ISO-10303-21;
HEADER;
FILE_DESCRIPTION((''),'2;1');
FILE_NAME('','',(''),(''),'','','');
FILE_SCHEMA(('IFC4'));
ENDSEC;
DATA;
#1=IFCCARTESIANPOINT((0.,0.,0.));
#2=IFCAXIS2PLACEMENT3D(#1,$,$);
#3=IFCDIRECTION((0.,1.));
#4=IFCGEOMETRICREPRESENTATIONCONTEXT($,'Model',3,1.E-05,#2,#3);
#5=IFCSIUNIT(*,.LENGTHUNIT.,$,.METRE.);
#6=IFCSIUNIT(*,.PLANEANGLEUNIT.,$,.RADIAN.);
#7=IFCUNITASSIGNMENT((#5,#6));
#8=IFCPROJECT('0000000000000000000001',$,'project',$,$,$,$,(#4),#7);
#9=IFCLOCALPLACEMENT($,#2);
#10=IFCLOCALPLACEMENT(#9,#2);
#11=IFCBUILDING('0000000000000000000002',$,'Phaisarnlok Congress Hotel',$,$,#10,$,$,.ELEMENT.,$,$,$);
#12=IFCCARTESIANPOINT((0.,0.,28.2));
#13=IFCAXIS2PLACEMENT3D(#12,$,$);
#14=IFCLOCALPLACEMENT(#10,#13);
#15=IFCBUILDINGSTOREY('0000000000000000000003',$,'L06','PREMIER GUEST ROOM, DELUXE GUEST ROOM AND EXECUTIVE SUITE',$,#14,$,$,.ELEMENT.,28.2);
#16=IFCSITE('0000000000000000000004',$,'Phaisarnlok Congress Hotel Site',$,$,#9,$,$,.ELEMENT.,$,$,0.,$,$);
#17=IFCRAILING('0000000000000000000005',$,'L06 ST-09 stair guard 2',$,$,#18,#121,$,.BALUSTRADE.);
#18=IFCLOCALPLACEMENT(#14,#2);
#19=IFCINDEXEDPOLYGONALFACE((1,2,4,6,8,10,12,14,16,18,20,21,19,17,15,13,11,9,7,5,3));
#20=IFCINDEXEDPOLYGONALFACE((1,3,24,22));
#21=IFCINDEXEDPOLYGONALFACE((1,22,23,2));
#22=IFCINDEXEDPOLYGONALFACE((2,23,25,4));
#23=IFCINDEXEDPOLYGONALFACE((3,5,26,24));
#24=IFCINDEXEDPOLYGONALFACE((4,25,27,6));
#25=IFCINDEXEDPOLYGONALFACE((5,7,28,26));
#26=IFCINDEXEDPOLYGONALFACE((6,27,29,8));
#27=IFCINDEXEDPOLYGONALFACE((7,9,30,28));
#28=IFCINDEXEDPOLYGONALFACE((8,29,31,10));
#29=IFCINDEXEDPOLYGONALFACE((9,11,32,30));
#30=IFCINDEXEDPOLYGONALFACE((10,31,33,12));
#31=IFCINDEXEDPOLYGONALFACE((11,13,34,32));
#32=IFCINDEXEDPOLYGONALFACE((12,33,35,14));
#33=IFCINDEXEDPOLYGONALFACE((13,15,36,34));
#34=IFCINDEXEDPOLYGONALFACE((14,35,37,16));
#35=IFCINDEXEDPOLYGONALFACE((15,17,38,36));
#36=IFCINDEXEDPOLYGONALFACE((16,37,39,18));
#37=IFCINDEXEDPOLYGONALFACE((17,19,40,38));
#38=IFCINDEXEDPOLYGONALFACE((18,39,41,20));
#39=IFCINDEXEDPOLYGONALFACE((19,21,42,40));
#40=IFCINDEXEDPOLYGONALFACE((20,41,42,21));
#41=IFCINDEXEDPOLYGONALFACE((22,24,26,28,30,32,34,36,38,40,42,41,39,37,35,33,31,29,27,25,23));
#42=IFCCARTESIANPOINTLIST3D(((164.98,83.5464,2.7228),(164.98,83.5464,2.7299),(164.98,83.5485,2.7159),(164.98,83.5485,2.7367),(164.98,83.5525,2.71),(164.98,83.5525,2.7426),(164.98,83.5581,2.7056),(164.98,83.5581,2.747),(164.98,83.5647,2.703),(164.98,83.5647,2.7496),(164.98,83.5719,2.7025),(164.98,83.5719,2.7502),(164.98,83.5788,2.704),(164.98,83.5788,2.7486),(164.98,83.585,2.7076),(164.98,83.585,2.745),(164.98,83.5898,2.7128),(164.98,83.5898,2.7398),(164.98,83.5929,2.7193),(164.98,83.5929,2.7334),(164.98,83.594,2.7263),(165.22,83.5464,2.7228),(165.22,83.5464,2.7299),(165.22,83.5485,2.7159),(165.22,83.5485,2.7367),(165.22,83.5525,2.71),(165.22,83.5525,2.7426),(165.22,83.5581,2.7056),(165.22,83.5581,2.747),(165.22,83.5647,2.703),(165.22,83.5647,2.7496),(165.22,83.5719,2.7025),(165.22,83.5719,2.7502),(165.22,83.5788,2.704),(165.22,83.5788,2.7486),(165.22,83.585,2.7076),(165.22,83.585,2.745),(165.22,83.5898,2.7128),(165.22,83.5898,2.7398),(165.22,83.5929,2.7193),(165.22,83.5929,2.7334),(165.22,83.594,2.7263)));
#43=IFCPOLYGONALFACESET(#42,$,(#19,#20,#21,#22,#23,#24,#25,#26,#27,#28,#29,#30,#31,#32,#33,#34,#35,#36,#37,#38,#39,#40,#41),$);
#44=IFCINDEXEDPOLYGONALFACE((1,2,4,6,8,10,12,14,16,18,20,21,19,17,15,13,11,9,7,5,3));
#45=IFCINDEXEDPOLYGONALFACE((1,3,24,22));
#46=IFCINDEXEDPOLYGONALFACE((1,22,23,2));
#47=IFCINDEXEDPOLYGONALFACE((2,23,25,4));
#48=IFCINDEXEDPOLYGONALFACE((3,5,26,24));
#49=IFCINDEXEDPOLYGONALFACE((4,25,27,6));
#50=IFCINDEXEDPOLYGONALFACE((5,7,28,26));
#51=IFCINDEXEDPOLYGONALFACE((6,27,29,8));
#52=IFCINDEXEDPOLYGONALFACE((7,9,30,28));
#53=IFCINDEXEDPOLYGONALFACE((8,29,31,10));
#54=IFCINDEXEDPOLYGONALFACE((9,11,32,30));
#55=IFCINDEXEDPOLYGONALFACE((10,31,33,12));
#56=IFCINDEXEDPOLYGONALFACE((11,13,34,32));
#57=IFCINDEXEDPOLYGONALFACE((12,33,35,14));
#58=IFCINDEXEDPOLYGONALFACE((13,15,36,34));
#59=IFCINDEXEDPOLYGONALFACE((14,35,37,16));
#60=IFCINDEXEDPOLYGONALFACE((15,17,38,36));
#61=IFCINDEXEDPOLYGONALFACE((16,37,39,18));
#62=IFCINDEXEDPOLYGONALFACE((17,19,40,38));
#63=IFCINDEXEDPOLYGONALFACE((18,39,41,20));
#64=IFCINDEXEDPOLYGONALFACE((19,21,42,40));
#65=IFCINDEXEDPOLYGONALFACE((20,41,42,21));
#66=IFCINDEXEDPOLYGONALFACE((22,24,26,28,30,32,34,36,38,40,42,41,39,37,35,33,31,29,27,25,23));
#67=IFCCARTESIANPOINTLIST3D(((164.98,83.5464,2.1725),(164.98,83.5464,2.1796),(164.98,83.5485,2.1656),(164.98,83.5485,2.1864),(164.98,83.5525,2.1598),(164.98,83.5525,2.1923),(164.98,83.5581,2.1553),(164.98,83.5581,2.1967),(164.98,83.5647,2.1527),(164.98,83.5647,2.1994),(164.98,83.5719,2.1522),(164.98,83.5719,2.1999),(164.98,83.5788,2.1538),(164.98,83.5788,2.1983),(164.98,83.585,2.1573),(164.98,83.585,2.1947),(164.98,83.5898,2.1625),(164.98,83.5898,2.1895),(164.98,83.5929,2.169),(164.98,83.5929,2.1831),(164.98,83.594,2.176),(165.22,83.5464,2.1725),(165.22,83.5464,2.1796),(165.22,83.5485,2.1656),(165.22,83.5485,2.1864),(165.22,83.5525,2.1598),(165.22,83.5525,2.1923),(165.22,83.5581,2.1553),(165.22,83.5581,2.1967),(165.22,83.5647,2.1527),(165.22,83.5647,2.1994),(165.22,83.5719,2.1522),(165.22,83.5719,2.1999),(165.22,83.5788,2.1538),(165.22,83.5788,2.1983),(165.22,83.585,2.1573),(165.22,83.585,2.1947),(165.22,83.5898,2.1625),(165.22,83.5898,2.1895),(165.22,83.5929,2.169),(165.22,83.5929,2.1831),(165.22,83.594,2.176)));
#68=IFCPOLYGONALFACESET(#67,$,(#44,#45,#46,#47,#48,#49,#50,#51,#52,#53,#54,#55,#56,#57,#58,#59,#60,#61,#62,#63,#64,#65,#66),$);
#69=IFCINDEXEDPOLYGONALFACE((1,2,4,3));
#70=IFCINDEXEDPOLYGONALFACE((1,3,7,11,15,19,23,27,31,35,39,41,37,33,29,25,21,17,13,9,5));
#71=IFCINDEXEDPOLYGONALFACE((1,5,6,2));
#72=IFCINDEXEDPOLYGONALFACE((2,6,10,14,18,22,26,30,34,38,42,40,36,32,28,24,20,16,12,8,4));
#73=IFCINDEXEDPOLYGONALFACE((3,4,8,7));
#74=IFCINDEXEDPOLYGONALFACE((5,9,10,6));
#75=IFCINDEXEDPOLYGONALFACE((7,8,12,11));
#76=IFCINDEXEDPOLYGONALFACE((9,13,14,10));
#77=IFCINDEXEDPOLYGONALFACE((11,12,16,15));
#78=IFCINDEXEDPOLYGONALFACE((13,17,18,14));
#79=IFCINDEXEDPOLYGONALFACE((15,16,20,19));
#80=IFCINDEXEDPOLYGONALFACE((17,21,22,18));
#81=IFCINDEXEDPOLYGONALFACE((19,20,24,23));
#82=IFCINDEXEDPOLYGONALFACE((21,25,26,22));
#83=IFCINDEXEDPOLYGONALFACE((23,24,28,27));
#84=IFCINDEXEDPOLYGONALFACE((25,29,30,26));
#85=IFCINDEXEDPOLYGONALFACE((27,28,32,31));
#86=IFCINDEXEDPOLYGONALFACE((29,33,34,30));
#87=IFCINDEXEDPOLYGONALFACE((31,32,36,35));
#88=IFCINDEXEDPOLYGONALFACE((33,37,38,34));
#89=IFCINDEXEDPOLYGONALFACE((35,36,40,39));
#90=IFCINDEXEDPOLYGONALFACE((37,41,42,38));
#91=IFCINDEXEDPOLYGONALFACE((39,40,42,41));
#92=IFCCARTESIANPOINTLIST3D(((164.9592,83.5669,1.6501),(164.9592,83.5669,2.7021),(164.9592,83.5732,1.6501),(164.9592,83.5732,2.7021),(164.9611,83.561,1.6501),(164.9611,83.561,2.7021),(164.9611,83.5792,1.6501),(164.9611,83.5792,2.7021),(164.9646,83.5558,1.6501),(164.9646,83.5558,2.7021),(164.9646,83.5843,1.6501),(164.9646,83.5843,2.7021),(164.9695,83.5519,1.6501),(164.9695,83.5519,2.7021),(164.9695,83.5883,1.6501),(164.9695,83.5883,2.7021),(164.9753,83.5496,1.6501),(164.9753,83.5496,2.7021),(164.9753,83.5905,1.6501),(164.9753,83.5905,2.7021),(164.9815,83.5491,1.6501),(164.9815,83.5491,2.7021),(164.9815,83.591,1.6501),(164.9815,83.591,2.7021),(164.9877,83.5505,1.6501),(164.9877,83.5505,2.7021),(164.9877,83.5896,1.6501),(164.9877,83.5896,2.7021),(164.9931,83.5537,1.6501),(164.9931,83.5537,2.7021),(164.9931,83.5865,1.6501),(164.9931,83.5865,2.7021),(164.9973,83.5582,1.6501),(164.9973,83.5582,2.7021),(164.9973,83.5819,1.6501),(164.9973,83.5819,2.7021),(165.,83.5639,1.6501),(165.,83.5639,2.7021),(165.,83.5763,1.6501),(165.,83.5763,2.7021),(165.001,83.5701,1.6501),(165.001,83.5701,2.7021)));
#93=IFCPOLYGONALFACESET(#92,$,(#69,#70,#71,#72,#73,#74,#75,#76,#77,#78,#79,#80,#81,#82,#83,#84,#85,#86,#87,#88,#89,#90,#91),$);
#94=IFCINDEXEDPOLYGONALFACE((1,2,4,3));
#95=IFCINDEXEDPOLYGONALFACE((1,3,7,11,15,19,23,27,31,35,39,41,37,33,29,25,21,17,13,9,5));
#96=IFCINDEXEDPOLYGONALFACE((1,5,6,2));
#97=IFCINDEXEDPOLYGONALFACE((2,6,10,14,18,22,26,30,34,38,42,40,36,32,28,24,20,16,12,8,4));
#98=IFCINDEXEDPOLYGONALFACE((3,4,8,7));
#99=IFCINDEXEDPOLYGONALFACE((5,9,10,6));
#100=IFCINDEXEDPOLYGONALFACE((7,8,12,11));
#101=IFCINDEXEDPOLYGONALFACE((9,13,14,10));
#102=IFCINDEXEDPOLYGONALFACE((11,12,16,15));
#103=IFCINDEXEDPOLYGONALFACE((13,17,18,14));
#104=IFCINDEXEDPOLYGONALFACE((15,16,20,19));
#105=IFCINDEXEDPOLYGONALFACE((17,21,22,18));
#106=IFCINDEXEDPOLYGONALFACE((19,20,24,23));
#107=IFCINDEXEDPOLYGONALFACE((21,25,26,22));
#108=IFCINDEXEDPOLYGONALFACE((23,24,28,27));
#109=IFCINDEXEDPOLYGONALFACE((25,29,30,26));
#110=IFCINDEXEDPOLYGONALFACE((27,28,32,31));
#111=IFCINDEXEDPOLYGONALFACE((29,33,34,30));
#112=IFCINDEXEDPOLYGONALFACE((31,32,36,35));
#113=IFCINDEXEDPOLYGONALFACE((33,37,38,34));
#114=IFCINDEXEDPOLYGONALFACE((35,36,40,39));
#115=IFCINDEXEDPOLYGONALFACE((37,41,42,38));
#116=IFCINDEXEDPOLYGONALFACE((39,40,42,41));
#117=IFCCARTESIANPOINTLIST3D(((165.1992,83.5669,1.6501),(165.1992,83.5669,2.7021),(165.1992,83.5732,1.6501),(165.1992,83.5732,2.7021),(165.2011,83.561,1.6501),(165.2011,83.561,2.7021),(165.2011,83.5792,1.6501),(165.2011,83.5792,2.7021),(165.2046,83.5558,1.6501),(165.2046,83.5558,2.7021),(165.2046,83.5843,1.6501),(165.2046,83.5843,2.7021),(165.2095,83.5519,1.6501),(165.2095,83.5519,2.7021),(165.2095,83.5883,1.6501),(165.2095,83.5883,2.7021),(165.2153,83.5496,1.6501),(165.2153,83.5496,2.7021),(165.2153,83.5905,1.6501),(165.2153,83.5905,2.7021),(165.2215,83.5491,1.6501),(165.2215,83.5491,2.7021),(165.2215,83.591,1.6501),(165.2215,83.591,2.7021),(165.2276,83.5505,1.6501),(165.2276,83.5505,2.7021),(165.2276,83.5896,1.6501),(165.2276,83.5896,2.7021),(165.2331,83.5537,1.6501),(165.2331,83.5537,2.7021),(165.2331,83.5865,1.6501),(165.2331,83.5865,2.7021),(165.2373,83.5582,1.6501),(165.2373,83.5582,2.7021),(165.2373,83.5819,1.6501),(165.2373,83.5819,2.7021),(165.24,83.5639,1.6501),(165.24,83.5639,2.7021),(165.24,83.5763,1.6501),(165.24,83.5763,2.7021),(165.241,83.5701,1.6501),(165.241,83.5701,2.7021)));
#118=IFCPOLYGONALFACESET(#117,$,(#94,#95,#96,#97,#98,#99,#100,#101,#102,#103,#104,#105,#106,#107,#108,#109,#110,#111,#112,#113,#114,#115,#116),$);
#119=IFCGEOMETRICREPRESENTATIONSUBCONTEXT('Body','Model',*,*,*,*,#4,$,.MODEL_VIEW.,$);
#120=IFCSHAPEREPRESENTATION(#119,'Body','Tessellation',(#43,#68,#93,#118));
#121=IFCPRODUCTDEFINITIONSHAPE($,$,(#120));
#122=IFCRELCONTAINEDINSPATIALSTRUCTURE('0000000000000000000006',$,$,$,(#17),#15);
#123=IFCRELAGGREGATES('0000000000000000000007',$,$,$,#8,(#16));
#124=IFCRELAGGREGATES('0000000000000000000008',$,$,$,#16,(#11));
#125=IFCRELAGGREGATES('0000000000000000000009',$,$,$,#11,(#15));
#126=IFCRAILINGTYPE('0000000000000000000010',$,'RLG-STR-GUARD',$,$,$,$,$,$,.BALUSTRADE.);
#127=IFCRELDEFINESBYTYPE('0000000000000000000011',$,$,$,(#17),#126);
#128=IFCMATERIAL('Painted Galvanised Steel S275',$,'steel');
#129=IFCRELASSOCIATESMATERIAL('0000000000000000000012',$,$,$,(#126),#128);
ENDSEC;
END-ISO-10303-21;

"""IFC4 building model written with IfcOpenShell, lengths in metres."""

from ifc_helpers import new_model, si_unit, direction, frame, origin, origin_2d, place, context, subcontext, project, spatial, circle, extrude, material, type_object, element, save


model = new_model("IFC4")

# Units and contexts
model_context = context("Model", 3, precision=1e-05, world=origin(), true_north=direction((0.0, 1.0)))
body_context = subcontext(model_context, "Body", "Model", "MODEL_VIEW")
ifc_project = project(units=[si_unit("LENGTHUNIT", "METRE"), si_unit("PLANEANGLEUNIT", "RADIAN")], contexts=[model_context])

# Site, building, storey
site_placement = place(None, origin())
site = spatial("IfcSite", under=ifc_project, at=site_placement, Name="Phaisarnlok Congress Hotel Site", CompositionType="ELEMENT", RefElevation=0.0)
building_placement = place(site_placement, origin())
building = spatial("IfcBuilding", under=site, at=building_placement, Name="Phaisarnlok Congress Hotel", CompositionType="ELEMENT")
storey_placement = place(building_placement, frame((0.0, 0.0, 28.2)))
storey = spatial("IfcBuildingStorey", under=building, at=storey_placement, Name="L06", Description="PREMIER GUEST ROOM, DELUXE GUEST ROOM AND EXECUTIVE SUITE", CompositionType="ELEMENT", Elevation=28.2)

# Railing
ifc_material_1 = material(Name="Painted Galvanised Steel S275", Category="steel")
railing_type_1 = type_object("IfcRailingType", Name="RLG-STR-GUARD", PredefinedType="BALUSTRADE", material=ifc_material_1)
railing_1_placement = place(storey_placement, frame((164.98, 83.5701, 1.6501)))
element("IfcRailing", 1, at=railing_1_placement, inside=storey, type_object=railing_type_1, Name="L06 ST-09 stair guard 2", PredefinedType="BALUSTRADE", context=body_context, shape_type="SweptSolid", body=[
    extrude(circle(Radius=0.0239, at=origin_2d()), frame((0.0, 0.0, 1.0762), z_axis=(1.0, 0.0, 0.0), x_axis=(0.0, 1.0, 0.0)), (0.0, 0.0, 1.0), 0.24),
    extrude(circle(Radius=0.0239, at=origin_2d()), frame((0.0, 0.0, 0.5259), z_axis=(1.0, 0.0, 0.0), x_axis=(0.0, 1.0, 0.0)), (0.0, 0.0, 1.0), 0.24),
    extrude(circle(Radius=0.021, at=origin_2d()), origin(), (0.0, 0.0, 1.0), 1.052),
    extrude(circle(Radius=0.021, at=origin_2d()), frame((0.24, 0.0, 0.0)), (0.0, 0.0, 1.0), 1.052),
])

save(model, "model.ifc")
